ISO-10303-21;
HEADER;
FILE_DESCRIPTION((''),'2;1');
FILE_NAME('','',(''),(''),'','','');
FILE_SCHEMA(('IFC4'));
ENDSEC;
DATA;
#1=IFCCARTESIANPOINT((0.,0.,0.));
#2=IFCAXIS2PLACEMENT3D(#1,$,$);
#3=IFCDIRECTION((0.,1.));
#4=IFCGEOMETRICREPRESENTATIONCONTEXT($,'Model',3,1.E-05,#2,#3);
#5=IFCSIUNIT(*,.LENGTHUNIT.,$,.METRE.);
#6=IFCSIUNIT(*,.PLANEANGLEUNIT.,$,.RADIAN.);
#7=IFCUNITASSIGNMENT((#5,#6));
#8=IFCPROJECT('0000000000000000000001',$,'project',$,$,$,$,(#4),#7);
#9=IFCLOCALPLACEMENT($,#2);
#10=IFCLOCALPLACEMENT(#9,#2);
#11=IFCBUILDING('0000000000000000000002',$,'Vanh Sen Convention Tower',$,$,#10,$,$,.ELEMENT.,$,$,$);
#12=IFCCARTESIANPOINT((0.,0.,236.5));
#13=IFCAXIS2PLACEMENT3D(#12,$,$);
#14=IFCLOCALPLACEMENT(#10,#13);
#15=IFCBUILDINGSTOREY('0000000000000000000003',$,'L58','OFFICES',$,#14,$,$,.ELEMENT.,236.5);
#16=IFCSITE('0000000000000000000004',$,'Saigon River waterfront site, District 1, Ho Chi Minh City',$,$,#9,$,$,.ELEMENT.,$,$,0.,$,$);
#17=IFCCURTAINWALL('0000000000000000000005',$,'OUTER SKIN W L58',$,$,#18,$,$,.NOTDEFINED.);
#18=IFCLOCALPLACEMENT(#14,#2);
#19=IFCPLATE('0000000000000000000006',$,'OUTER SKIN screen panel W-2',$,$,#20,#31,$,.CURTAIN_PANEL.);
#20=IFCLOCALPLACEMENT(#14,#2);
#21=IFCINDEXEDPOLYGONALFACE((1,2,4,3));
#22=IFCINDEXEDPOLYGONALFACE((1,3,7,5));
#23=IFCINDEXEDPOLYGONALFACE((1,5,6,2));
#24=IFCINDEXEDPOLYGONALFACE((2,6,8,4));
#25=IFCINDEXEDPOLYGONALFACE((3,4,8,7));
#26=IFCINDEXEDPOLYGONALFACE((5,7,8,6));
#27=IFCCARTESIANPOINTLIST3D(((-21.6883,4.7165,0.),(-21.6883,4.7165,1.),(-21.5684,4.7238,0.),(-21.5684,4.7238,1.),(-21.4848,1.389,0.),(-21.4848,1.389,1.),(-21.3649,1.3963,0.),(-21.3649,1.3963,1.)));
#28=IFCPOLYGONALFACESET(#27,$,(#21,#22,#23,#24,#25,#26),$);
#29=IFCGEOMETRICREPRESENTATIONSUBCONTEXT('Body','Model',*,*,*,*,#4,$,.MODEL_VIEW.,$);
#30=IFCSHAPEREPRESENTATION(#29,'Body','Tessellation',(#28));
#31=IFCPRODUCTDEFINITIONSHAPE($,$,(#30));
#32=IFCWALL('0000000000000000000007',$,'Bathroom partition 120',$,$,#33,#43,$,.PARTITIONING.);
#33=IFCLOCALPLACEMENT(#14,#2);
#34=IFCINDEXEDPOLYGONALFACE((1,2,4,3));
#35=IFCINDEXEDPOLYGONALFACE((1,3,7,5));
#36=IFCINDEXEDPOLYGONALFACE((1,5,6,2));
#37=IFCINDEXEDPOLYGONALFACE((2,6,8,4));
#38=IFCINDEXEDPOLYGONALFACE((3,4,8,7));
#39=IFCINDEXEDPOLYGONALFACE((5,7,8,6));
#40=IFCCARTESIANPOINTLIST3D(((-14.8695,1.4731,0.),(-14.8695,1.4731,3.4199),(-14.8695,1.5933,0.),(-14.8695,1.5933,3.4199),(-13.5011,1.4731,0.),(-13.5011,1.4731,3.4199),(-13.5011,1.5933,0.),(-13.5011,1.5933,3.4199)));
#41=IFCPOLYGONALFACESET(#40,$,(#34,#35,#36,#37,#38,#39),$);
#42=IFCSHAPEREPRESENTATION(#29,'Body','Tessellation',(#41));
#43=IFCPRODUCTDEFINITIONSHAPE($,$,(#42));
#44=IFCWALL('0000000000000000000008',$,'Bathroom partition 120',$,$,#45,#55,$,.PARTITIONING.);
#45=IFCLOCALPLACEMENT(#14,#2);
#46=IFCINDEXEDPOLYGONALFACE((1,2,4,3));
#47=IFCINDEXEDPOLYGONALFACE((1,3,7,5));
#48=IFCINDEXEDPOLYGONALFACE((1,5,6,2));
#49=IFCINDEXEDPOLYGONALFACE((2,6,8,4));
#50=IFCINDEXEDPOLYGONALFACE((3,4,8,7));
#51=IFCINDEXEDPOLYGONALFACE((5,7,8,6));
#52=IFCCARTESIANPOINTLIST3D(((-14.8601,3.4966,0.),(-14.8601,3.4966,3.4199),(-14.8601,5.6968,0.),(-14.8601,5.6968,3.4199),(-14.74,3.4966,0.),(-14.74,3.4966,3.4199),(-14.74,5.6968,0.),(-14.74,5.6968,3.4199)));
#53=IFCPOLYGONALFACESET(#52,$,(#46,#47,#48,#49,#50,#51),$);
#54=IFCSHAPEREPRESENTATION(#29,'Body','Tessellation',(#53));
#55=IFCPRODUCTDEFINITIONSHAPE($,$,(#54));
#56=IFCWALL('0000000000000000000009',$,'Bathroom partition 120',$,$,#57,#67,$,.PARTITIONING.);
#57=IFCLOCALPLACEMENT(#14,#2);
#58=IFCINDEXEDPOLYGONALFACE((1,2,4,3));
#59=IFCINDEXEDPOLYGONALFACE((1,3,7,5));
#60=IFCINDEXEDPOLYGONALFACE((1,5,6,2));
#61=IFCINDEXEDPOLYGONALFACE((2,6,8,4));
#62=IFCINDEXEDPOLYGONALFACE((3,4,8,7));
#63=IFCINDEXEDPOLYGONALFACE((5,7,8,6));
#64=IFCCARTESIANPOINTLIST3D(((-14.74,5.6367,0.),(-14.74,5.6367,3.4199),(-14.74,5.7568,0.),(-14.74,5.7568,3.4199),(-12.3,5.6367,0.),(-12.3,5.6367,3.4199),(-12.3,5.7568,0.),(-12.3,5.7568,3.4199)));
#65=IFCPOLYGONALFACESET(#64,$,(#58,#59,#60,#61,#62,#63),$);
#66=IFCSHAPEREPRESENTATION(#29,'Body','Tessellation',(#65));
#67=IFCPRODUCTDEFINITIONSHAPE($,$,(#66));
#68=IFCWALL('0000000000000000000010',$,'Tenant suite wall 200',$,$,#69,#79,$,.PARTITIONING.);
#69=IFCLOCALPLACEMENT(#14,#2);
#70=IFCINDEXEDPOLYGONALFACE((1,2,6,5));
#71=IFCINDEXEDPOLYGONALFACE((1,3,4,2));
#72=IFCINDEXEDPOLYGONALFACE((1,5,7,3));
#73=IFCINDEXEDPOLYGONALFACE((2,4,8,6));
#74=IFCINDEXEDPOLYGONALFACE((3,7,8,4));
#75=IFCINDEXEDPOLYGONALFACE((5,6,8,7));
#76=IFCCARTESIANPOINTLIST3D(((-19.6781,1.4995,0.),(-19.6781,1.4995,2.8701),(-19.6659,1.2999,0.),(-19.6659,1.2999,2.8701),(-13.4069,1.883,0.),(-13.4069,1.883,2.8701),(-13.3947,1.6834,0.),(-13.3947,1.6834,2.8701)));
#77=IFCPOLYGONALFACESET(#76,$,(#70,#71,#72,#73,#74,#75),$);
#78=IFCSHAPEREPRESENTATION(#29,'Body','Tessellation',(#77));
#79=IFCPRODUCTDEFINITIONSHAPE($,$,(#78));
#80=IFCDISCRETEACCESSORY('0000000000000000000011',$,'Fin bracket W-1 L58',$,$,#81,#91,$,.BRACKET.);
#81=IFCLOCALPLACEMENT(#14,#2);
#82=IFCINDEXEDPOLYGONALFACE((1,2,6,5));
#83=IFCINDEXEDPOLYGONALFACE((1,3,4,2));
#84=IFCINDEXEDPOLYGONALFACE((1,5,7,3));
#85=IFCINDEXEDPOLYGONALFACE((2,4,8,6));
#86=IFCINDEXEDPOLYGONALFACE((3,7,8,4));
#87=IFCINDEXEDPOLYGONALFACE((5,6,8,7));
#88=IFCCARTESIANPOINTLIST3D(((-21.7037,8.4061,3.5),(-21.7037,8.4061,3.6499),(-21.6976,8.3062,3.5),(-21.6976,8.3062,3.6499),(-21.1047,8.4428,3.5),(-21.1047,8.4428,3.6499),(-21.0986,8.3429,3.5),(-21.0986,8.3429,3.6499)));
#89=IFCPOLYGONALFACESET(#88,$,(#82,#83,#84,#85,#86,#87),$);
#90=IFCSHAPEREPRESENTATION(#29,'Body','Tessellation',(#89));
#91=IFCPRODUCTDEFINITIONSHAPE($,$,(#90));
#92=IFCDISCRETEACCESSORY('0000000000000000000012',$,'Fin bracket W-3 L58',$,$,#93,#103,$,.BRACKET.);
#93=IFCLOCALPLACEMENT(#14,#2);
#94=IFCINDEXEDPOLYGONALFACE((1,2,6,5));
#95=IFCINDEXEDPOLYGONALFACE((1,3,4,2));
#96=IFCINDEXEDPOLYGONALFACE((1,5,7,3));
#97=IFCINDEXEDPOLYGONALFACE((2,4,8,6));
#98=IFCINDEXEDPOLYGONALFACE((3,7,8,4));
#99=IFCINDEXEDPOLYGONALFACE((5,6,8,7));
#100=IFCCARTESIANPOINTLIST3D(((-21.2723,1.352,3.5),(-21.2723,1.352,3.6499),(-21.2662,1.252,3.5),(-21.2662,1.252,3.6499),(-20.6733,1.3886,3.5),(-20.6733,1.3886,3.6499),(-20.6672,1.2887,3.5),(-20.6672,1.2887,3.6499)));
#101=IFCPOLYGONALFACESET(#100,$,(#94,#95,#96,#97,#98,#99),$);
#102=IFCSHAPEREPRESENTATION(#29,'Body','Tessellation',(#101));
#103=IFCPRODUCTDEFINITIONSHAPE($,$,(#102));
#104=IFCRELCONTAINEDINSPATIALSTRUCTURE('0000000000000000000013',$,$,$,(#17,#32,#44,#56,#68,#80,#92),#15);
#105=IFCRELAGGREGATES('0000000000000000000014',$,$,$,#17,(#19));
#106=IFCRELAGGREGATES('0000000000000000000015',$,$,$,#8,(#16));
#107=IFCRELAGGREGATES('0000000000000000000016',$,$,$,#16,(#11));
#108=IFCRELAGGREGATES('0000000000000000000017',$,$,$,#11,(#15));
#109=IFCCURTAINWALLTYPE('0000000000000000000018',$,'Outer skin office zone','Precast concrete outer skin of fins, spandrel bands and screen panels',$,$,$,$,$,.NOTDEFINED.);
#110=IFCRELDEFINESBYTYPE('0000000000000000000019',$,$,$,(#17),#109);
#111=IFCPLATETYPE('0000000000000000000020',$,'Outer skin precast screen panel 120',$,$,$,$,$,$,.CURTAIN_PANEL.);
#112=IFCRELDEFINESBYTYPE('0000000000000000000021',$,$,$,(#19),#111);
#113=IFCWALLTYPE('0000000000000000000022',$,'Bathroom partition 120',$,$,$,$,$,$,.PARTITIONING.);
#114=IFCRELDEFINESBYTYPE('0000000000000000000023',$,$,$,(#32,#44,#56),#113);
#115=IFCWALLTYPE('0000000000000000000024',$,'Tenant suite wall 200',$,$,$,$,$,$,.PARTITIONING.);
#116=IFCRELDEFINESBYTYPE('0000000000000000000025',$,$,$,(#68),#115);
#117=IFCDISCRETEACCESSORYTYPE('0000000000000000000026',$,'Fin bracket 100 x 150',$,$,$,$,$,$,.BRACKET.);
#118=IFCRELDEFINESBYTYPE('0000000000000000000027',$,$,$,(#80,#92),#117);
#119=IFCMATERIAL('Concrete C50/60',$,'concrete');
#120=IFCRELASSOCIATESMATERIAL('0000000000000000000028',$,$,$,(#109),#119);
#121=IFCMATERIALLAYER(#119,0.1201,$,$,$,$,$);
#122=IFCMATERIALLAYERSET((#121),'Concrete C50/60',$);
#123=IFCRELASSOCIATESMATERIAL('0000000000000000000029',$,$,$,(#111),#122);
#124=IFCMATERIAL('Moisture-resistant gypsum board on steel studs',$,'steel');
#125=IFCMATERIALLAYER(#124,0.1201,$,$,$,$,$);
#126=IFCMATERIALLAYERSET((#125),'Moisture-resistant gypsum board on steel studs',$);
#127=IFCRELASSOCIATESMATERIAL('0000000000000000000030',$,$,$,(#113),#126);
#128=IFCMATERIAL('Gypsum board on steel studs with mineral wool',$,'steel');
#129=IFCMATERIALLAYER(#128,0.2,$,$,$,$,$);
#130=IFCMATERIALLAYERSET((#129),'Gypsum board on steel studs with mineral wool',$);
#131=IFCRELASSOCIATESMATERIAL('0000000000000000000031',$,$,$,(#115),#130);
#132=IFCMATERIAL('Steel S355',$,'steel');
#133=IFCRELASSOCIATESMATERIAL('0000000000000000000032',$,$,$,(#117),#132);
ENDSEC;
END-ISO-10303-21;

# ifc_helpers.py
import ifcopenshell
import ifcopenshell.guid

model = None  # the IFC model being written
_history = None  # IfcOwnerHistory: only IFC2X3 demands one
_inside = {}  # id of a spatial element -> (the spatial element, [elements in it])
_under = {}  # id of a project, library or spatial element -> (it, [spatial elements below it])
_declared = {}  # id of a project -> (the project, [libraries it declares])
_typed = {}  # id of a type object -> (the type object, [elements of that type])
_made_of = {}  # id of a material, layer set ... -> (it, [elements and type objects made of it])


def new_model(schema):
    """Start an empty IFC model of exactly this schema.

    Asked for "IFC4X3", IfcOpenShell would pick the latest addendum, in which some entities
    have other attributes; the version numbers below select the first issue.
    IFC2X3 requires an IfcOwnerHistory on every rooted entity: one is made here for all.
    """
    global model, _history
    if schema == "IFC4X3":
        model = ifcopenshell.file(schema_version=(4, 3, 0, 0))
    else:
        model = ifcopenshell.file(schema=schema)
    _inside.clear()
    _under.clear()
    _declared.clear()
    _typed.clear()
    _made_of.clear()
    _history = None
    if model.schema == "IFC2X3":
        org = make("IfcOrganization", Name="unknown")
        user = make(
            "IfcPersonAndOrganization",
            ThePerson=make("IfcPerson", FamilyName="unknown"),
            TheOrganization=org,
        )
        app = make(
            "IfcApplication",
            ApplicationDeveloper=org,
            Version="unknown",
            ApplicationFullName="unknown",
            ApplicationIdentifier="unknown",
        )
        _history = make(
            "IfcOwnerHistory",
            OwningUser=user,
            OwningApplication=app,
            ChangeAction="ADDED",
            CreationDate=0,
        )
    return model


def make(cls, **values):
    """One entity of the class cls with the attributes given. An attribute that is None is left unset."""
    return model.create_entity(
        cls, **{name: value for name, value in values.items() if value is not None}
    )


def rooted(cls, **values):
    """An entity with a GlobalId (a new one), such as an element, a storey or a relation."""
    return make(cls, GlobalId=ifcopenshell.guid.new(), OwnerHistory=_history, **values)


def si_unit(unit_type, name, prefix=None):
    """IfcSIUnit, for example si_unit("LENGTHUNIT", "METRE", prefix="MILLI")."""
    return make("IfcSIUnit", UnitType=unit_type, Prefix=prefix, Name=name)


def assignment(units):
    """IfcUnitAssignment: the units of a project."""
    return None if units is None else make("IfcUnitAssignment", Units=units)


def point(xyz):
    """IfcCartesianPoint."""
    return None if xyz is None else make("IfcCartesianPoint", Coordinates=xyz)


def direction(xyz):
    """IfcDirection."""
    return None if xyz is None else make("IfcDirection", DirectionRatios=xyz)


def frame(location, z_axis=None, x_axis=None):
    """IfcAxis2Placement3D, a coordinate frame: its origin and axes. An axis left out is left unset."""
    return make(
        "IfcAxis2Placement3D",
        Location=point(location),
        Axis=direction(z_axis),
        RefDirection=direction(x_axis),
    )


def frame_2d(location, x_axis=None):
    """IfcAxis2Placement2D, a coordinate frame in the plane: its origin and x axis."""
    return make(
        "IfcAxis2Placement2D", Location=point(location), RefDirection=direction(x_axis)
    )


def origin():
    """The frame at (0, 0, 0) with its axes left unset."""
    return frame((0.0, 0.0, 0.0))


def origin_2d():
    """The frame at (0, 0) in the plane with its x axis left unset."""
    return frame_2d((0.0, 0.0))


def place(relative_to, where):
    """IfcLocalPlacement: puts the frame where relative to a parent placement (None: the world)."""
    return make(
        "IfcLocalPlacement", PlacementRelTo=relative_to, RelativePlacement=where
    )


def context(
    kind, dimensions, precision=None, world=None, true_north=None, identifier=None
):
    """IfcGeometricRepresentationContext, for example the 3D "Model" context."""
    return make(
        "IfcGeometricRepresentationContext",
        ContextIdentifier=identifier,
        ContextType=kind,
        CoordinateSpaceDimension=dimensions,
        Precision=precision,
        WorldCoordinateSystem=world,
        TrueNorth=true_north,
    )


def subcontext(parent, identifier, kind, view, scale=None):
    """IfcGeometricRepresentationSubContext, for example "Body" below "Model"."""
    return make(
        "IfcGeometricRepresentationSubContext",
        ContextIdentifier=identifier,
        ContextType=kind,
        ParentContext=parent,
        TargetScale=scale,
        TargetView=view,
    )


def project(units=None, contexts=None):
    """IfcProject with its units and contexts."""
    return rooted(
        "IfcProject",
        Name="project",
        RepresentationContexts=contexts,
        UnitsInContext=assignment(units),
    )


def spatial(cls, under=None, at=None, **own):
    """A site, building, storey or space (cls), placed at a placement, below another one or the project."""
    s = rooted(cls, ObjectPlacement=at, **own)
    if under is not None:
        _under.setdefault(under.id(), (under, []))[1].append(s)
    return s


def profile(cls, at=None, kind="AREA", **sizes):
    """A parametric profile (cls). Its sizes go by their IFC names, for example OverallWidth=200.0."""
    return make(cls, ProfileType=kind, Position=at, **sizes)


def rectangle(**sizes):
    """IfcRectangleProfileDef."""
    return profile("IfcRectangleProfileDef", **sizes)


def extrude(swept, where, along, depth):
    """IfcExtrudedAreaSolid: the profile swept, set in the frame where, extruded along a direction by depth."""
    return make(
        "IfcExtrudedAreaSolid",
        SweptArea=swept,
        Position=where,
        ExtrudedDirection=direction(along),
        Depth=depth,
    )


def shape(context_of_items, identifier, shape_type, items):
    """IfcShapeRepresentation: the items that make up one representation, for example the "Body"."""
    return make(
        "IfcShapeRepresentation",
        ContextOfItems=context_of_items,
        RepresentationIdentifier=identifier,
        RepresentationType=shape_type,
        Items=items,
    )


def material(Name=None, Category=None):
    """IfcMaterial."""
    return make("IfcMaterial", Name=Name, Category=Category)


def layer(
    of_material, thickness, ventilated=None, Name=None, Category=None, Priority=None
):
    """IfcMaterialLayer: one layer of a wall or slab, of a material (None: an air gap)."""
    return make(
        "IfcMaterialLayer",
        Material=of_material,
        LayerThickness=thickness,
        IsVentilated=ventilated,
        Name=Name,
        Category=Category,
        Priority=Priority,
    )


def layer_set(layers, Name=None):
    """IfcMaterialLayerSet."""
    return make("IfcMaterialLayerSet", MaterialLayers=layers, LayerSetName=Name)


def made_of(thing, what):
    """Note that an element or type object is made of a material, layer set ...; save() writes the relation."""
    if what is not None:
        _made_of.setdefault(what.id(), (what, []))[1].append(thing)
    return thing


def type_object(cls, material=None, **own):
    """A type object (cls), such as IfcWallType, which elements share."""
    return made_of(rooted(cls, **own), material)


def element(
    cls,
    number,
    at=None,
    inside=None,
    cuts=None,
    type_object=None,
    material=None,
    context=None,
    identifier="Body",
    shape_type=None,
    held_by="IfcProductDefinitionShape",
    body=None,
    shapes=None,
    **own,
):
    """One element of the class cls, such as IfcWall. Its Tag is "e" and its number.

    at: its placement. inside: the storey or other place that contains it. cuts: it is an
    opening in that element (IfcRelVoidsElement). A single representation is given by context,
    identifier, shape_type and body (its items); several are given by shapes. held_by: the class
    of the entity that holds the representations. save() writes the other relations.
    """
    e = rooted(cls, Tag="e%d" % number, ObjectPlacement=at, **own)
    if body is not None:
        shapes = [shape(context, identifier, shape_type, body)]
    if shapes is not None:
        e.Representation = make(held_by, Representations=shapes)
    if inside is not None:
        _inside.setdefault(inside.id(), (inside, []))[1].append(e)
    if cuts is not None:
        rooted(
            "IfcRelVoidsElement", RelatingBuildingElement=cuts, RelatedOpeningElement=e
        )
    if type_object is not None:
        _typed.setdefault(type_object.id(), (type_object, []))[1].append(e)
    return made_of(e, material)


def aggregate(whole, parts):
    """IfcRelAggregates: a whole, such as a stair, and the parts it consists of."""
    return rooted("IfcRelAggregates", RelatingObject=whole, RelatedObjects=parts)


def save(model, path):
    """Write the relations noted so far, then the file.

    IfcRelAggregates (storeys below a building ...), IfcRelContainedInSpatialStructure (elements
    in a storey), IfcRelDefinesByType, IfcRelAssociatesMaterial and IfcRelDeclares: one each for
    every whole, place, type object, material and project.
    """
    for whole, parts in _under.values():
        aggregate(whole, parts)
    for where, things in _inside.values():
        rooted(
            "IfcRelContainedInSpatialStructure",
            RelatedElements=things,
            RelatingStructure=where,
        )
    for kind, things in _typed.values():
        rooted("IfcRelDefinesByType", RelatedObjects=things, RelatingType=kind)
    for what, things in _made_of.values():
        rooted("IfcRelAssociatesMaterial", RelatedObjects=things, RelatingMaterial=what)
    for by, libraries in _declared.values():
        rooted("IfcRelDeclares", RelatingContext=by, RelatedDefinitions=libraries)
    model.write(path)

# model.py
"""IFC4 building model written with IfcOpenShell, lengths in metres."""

from ifc_helpers import new_model, si_unit, direction, frame, frame_2d, origin, origin_2d, place, context, subcontext, project, spatial, rectangle, extrude, material, layer, layer_set, type_object, element, aggregate, save


model = new_model("IFC4")

# Units and contexts
model_context = context("Model", 3, precision=1e-05, world=origin(), true_north=direction((0.0, 1.0)))
body_context = subcontext(model_context, "Body", "Model", "MODEL_VIEW")
ifc_project = project(units=[si_unit("LENGTHUNIT", "METRE"), si_unit("PLANEANGLEUNIT", "RADIAN")], contexts=[model_context])

# Site, building, storey
site_placement = place(None, origin())
site = spatial("IfcSite", under=ifc_project, at=site_placement, Name="Saigon River waterfront site, District 1, Ho Chi Minh City", CompositionType="ELEMENT", RefElevation=0.0)
building_placement = place(site_placement, origin())
building = spatial("IfcBuilding", under=site, at=building_placement, Name="Vanh Sen Convention Tower", CompositionType="ELEMENT")
storey_placement = place(building_placement, frame((0.0, 0.0, 236.5)))
storey = spatial("IfcBuildingStorey", under=building, at=storey_placement, Name="L58", Description="OFFICES", CompositionType="ELEMENT", Elevation=236.5)

# Curtain wall
ifc_material_1 = material(Name="Concrete C50/60", Category="concrete")
curtain_wall_type = type_object("IfcCurtainWallType", Name="Outer skin office zone", Description="Precast concrete outer skin of fins, spandrel bands and screen panels", PredefinedType="NOTDEFINED", material=ifc_material_1)
curtain_wall_placement = place(storey_placement, origin())
curtain_wall = element("IfcCurtainWall", 1, at=curtain_wall_placement, inside=storey, type_object=curtain_wall_type, Name="OUTER SKIN W L58", PredefinedType="NOTDEFINED")

# Plate
ifc_layer_1 = layer(ifc_material_1, 0.1201)
ifc_layer_set_1 = layer_set([ifc_layer_1], Name="Concrete C50/60")
plate_type = type_object("IfcPlateType", Name="Outer skin precast screen panel 120", PredefinedType="CURTAIN_PANEL", material=ifc_layer_set_1)
plate_1_placement = place(storey_placement, frame((-21.5266, 3.0564, 0.0), z_axis=(0.0, 0.0, 1.0), x_axis=(0.061042, -0.998135, 0.0)))
plate_1 = element("IfcPlate", 2, at=plate_1_placement, type_object=plate_type, Name="OUTER SKIN screen panel W-2", PredefinedType="CURTAIN_PANEL", context=body_context, shape_type="SweptSolid", body=[
    extrude(rectangle(XDim=3.3337, YDim=0.1201, at=origin_2d()), origin(), (0.0, 0.0, 1.0), 1.0),
])
aggregate(curtain_wall, [plate_1])

# Walls
ifc_material_2 = material(Name="Moisture-resistant gypsum board on steel studs", Category="steel")
ifc_layer_2 = layer(ifc_material_2, 0.1201)
ifc_layer_set_2 = layer_set([ifc_layer_2], Name="Moisture-resistant gypsum board on steel studs")
wall_type_1 = type_object("IfcWallType", Name="Bathroom partition 120", PredefinedType="PARTITIONING", material=ifc_layer_set_2)
wall_1_placement = place(storey_placement, frame((-14.8694, 1.5332, 0.0), z_axis=(0.0, 0.0, 1.0), x_axis=(1.0, 0.0, 0.0)))
element("IfcWall", 3, at=wall_1_placement, inside=storey, type_object=wall_type_1, Name="Bathroom partition 120", PredefinedType="PARTITIONING", context=body_context, shape_type="SweptSolid", body=[
    extrude(rectangle(XDim=1.3684, YDim=0.1201, at=frame_2d((0.6841, 0.0))), origin(), (0.0, 0.0, 1.0), 3.4199),
])
wall_2_placement = place(storey_placement, frame((-14.8, 3.4966, 0.0), z_axis=(0.0, 0.0, 1.0), x_axis=(0.0, 1.0, 0.0)))
element("IfcWall", 4, at=wall_2_placement, inside=storey, type_object=wall_type_1, Name="Bathroom partition 120", PredefinedType="PARTITIONING", context=body_context, shape_type="SweptSolid", body=[
    extrude(rectangle(XDim=2.2002, YDim=0.1201, at=frame_2d((1.1001, 0.0))), origin(), (0.0, 0.0, 1.0), 3.4199),
])
wall_3_placement = place(storey_placement, frame((-14.74, 5.6968, 0.0), z_axis=(0.0, 0.0, 1.0), x_axis=(1.0, 0.0, 0.0)))
element("IfcWall", 5, at=wall_3_placement, inside=storey, type_object=wall_type_1, Name="Bathroom partition 120", PredefinedType="PARTITIONING", context=body_context, shape_type="SweptSolid", body=[
    extrude(rectangle(XDim=2.4399, YDim=0.1201, at=frame_2d((1.22, 0.0))), origin(), (0.0, 0.0, 1.0), 3.4199),
])
ifc_material_3 = material(Name="Gypsum board on steel studs with mineral wool", Category="steel")
ifc_layer_3 = layer(ifc_material_3, 0.2)
ifc_layer_set_3 = layer_set([ifc_layer_3], Name="Gypsum board on steel studs with mineral wool")
wall_type_2 = type_object("IfcWallType", Name="Tenant suite wall 200", PredefinedType="PARTITIONING", material=ifc_layer_set_3)
wall_4_placement = place(storey_placement, frame((-19.6721, 1.3997, 0.0), z_axis=(0.0, 0.0, 1.0), x_axis=(0.998135, 0.061045, 0.0)))
element("IfcWall", 6, at=wall_4_placement, inside=storey, type_object=wall_type_2, Name="Tenant suite wall 200", PredefinedType="PARTITIONING", context=body_context, shape_type="SweptSolid", body=[
    extrude(rectangle(XDim=6.283, YDim=0.2, at=frame_2d((3.1416, 0.0))), origin(), (0.0, 0.0, 1.0), 2.8701),
])

# Discrete accessories
ifc_material_4 = material(Name="Steel S355", Category="steel")
discrete_accessory_type = type_object("IfcDiscreteAccessoryType", Name="Fin bracket 100 x 150", PredefinedType="BRACKET", material=ifc_material_4)
for number, where, z_axis, x_axis, name in (
    (7, (-21.4011, 8.3745, 3.5), (0.0, 0.0, 1.0), (-0.998135, -0.061049, 0.0), "Fin bracket W-1 L58"),
    (8, (-20.9697, 1.3203, 3.5), (0.0, 0.0, 1.0), (-0.998135, -0.061049, 0.0), "Fin bracket W-3 L58"),
):
    element("IfcDiscreteAccessory", number, at=place(storey_placement, frame(where, z_axis=z_axis, x_axis=x_axis)), inside=storey, type_object=discrete_accessory_type, Name=name, PredefinedType="BRACKET", context=body_context, shape_type="SweptSolid", body=[
        extrude(rectangle(XDim=0.6001, YDim=0.1001, at=origin_2d()), origin(), (0.0, 0.0, 1.0), 0.1499),
    ])

save(model, "model.ifc")
